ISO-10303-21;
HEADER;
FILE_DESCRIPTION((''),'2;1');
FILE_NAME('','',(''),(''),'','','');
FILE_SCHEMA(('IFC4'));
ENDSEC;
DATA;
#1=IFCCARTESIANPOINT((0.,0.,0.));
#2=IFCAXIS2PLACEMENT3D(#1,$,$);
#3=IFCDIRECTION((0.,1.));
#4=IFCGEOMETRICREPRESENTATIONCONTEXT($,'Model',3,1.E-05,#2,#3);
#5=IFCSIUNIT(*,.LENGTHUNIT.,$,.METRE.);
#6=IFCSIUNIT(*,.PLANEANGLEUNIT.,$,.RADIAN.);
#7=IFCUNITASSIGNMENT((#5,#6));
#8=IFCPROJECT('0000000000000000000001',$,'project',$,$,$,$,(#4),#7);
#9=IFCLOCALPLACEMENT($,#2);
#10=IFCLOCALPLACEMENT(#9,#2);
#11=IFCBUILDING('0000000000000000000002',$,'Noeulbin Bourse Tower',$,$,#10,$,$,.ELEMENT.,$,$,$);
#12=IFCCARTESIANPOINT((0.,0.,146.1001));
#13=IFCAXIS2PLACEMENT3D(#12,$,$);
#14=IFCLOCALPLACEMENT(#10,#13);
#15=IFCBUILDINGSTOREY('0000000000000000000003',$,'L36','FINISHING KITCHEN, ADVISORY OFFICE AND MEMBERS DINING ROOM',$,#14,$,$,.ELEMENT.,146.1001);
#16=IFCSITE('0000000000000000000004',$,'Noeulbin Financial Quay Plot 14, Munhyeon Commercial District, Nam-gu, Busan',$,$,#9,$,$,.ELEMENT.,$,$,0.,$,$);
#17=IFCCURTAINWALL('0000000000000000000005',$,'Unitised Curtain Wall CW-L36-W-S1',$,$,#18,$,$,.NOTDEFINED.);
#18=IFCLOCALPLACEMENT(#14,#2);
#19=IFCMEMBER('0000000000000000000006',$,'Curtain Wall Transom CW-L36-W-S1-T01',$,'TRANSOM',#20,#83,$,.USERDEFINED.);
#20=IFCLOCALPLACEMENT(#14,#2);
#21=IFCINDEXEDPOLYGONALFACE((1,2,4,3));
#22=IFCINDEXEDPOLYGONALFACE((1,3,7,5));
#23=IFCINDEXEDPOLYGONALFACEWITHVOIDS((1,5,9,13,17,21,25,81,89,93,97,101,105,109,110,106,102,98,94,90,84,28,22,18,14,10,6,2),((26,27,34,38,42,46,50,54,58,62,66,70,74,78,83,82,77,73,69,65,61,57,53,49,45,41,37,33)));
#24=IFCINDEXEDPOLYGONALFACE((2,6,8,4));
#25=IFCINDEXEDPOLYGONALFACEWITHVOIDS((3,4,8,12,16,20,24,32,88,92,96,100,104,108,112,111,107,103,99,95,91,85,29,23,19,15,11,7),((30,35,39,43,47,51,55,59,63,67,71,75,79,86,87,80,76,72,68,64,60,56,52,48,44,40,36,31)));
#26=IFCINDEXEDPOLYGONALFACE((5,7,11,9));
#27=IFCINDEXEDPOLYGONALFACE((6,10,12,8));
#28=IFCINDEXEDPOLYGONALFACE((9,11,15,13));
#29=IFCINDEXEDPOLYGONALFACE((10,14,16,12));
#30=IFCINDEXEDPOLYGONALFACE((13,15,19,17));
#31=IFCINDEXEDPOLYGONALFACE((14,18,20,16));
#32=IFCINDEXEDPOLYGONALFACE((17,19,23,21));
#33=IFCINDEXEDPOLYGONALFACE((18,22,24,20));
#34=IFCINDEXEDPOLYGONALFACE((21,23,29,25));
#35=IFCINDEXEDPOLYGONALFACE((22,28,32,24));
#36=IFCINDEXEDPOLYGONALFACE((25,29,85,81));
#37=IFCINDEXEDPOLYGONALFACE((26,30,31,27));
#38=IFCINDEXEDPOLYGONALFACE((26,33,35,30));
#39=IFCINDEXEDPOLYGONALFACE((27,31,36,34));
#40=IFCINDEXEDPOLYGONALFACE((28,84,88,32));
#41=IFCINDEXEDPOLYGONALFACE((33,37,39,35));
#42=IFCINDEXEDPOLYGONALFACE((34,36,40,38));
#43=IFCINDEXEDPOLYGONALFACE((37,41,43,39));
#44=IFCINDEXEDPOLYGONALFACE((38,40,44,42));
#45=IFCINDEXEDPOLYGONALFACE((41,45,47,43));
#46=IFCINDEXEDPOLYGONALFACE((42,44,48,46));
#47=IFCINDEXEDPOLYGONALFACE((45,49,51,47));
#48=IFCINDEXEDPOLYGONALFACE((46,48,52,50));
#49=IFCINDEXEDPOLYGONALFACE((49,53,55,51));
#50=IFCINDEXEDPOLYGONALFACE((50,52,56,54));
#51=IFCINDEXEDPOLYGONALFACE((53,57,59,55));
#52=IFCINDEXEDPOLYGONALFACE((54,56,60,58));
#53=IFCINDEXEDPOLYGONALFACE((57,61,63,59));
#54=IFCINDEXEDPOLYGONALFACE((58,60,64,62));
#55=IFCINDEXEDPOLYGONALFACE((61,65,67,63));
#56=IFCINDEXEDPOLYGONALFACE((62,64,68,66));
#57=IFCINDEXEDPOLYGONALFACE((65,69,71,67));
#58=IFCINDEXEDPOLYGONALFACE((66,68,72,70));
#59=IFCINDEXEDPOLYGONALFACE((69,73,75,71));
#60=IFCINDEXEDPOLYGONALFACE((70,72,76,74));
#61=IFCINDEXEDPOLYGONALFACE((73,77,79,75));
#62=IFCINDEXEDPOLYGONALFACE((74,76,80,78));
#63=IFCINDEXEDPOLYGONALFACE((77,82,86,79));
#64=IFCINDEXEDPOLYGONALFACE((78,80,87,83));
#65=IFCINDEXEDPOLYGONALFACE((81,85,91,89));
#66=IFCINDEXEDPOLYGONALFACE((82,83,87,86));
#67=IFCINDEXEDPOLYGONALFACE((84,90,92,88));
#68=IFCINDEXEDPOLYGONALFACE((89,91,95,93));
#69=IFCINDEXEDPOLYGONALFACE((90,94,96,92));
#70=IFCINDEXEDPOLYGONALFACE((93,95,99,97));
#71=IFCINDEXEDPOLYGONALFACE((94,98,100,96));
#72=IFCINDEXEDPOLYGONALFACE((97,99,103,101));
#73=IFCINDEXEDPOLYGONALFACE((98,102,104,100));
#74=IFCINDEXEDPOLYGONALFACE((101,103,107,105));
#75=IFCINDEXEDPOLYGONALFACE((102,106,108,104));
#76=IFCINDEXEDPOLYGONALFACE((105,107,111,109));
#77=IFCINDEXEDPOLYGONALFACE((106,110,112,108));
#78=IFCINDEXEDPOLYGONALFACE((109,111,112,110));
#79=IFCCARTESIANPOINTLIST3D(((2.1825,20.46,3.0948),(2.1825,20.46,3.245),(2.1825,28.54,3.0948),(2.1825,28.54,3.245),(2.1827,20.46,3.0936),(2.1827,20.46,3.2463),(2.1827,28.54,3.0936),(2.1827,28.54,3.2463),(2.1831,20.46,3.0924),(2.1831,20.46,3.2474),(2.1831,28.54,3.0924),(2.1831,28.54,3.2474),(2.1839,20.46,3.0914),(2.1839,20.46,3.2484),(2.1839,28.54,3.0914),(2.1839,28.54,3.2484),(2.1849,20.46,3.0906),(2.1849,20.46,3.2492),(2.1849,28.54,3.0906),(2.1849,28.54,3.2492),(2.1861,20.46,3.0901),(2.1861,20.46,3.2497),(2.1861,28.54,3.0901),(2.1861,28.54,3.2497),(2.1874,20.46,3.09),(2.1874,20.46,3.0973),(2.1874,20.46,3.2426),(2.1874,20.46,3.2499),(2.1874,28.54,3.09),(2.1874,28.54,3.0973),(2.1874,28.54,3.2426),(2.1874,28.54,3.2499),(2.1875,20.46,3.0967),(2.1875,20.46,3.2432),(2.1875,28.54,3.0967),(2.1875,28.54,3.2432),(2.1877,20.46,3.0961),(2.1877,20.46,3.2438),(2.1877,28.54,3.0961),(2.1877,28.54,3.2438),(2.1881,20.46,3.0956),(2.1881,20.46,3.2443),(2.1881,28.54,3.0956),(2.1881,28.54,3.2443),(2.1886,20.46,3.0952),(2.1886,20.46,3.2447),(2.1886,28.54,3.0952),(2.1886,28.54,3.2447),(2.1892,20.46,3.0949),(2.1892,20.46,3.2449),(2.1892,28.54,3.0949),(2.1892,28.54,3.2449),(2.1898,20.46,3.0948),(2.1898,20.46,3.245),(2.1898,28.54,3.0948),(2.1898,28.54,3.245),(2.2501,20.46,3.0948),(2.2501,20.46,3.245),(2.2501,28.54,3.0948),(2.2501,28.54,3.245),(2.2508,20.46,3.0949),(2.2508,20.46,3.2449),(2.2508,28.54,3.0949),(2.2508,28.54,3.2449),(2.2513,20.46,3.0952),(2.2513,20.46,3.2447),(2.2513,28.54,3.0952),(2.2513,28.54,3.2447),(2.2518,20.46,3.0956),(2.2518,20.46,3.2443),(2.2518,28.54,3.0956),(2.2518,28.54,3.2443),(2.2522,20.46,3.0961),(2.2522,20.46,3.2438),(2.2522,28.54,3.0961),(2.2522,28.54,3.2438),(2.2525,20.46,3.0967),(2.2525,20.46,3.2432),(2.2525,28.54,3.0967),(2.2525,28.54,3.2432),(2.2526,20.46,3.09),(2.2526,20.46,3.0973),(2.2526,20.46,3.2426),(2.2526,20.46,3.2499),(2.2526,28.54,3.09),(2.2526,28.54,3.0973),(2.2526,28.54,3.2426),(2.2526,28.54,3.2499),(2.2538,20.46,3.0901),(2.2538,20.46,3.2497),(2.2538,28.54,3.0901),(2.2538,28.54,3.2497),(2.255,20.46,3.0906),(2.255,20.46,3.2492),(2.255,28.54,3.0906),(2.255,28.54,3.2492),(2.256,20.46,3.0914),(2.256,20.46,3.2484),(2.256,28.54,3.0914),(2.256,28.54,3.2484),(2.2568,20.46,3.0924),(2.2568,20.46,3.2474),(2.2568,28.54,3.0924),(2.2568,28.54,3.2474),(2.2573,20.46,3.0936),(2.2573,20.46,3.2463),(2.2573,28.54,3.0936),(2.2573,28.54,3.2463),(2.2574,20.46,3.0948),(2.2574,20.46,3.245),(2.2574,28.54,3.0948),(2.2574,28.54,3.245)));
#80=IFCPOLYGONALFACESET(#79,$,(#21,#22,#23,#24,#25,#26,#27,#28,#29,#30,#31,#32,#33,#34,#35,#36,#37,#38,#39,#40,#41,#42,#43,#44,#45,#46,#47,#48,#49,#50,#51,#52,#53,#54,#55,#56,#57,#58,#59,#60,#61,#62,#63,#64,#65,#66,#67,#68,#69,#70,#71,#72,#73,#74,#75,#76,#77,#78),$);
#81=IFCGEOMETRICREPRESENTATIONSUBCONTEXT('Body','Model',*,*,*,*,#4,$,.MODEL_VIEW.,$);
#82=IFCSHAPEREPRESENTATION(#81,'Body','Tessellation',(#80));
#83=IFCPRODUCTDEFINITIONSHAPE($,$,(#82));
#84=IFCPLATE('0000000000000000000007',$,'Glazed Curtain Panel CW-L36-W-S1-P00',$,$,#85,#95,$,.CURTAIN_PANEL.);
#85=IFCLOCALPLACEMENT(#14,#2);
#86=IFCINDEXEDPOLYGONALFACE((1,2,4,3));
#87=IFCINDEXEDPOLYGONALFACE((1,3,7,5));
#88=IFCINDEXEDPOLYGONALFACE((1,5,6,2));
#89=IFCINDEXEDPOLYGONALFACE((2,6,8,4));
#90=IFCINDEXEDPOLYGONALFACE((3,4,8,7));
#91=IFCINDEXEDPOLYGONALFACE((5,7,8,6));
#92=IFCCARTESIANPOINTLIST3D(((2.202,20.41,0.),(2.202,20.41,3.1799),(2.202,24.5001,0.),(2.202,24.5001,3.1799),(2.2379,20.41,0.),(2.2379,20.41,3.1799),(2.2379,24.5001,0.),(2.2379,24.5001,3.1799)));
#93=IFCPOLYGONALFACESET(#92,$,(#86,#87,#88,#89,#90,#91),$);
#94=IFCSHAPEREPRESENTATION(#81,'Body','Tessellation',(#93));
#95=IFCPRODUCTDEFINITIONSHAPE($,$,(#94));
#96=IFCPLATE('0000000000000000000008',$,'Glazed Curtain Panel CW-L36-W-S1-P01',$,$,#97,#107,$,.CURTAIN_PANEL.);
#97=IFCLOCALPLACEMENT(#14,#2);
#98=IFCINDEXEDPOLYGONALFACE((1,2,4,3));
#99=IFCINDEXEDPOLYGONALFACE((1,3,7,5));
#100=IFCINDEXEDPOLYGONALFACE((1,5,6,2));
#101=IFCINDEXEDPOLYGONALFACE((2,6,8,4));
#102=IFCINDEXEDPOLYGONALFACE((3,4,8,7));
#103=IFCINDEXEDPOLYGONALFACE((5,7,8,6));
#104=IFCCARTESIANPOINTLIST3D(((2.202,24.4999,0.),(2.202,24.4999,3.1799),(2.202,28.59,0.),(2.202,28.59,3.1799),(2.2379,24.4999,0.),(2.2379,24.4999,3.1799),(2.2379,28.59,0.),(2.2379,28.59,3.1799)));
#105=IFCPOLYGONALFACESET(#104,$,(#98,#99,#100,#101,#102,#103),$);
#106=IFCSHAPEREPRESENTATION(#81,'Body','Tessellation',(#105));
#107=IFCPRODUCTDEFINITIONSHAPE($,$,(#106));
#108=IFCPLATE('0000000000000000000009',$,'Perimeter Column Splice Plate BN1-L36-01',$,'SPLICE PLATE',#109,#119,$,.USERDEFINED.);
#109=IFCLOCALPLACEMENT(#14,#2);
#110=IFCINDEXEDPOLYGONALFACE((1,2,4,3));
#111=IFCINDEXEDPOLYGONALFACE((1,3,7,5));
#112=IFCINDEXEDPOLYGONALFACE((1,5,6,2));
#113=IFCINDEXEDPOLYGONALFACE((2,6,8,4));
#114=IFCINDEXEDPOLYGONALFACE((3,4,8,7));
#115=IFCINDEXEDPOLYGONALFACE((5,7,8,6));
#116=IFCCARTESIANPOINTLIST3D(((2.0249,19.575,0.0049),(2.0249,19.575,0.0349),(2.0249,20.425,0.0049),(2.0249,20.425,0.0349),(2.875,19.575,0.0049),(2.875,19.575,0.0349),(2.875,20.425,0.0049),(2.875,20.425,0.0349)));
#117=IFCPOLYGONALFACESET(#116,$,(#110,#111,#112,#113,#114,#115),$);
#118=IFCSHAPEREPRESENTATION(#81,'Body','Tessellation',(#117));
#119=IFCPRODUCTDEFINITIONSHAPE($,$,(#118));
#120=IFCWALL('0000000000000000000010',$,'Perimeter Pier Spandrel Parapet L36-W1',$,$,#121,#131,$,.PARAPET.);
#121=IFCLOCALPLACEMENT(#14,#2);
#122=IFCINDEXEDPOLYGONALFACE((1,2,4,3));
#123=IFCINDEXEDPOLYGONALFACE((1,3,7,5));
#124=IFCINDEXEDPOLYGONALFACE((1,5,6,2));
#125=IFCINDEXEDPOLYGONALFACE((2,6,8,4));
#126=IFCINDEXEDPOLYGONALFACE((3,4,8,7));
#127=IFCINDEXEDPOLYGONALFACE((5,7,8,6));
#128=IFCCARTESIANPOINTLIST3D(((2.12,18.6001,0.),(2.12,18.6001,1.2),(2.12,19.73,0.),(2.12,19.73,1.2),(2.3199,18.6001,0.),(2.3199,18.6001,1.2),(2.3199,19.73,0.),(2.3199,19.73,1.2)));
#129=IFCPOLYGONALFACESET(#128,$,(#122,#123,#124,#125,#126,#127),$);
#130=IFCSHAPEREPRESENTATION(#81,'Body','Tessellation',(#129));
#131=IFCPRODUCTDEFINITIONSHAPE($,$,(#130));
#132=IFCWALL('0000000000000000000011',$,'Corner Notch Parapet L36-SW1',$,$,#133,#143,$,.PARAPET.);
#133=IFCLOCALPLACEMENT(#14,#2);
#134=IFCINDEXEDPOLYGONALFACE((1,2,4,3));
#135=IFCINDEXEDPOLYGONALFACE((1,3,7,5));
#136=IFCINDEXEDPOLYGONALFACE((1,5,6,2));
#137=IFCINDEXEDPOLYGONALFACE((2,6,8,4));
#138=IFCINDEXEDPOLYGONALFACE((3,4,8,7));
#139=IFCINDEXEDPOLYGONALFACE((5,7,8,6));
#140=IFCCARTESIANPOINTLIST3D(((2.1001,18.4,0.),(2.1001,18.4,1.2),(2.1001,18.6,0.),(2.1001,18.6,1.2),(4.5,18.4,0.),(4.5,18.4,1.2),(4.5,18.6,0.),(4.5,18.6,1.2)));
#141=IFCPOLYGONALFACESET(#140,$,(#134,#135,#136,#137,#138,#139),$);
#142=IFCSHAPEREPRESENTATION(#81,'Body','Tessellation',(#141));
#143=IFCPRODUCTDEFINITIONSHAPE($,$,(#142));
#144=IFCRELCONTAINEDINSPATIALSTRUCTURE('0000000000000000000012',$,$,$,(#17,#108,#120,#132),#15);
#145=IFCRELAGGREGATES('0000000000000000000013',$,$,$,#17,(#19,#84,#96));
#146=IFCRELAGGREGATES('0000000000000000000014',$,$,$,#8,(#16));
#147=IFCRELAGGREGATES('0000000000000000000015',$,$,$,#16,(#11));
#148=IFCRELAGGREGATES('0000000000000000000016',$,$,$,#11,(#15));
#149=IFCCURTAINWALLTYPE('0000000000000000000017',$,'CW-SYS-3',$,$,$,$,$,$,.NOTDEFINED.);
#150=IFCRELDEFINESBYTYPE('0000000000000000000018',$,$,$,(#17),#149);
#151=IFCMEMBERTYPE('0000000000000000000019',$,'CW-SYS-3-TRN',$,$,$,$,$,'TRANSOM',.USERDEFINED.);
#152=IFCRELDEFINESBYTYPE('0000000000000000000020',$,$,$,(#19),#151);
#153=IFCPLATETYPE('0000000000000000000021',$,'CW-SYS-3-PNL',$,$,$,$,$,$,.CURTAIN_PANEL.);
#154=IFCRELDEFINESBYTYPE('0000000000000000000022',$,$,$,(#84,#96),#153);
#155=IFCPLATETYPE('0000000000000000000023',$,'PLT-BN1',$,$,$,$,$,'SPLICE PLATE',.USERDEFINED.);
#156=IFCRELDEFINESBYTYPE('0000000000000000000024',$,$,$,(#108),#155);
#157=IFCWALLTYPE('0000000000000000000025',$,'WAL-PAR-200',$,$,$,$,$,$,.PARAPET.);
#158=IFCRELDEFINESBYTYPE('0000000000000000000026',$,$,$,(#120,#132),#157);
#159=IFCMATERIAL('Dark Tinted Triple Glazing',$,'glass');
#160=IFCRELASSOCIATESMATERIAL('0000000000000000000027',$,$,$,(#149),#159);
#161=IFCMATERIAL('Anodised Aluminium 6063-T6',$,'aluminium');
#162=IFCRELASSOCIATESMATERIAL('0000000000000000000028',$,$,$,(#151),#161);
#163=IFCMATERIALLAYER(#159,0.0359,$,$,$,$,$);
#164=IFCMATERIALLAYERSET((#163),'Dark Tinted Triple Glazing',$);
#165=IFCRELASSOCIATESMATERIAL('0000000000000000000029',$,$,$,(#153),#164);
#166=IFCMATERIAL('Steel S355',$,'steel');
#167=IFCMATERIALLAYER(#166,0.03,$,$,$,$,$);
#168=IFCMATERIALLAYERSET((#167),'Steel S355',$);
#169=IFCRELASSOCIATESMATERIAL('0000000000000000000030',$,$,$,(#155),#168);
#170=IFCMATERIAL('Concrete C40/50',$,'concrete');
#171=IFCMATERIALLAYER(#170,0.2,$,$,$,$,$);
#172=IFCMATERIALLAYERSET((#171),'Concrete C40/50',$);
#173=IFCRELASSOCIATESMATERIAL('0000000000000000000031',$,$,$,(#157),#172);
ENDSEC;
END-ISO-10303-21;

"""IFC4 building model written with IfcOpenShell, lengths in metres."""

from ifc_helpers import new_model, si_unit, direction, frame, frame_2d, origin, origin_2d, place, context, subcontext, project, spatial, rectangle, hollow_rectangle, extrude, material, layer, layer_set, material_profile, profile_set, type_object, element, aggregate, save


model = new_model("IFC4")

# Units and contexts
model_context = context("Model", 3, precision=1e-05, world=origin(), true_north=direction((0.0, 1.0)))
body_context = subcontext(model_context, "Body", "Model", "MODEL_VIEW")
ifc_project = project(units=[si_unit("LENGTHUNIT", "METRE"), si_unit("PLANEANGLEUNIT", "RADIAN")], contexts=[model_context])

# Site, building, storey
site_placement = place(None, origin())
site = spatial("IfcSite", under=ifc_project, at=site_placement, Name="Noeulbin Financial Quay Plot 14, Munhyeon Commercial District, Nam-gu, Busan", CompositionType="ELEMENT", RefElevation=0.0)
building_placement = place(site_placement, origin())
building = spatial("IfcBuilding", under=site, at=building_placement, Name="Noeulbin Bourse Tower", CompositionType="ELEMENT")
storey_placement = place(building_placement, frame((0.0, 0.0, 146.1001)))
storey = spatial("IfcBuildingStorey", under=building, at=storey_placement, Name="L36", Description="FINISHING KITCHEN, ADVISORY OFFICE AND MEMBERS DINING ROOM", CompositionType="ELEMENT", Elevation=146.1001)

# Shared definitions
ifc_material_1 = material(Name="Steel S355", Category="steel")

# Curtain wall, member, plates
ifc_material_2 = material(Name="Dark Tinted Triple Glazing", Category="glass")
curtain_wall_type = type_object("IfcCurtainWallType", Name="CW-SYS-3", PredefinedType="NOTDEFINED", material=ifc_material_2)
curtain_wall_placement = place(storey_placement, origin())
curtain_wall = element("IfcCurtainWall", 1, at=curtain_wall_placement, inside=storey, type_object=curtain_wall_type, Name="Unitised Curtain Wall CW-L36-W-S1", PredefinedType="NOTDEFINED")
ifc_material_3 = material(Name="Anodised Aluminium 6063-T6", Category="aluminium")
ifc_material_profile_1 = material_profile(ifc_material_3, hollow_rectangle(XDim=0.075, YDim=0.1599, WallThickness=0.0049, InnerFilletRadius=0.0024, OuterFilletRadius=0.0049, at=origin_2d()), Name="ALU-TRAN-75x160x5", Category="LoadBearing")
ifc_profile_set_1 = profile_set([ifc_material_profile_1], Name="Anodised Aluminium 6063-T6")
member_type_1 = type_object("IfcMemberType", Name="CW-SYS-3-TRN", ElementType="TRANSOM", PredefinedType="USERDEFINED", material=ifc_profile_set_1)
member_1_placement = place(storey_placement, frame((2.22, 20.46, 3.1699), z_axis=(0.0, 1.0, 0.0), x_axis=(-1.0, 0.0, 0.0)))
member_1 = element("IfcMember", 2, at=member_1_placement, type_object=member_type_1, Name="Curtain Wall Transom CW-L36-W-S1-T01", ObjectType="TRANSOM", PredefinedType="USERDEFINED", context=body_context, shape_type="SweptSolid", body=[
    extrude(hollow_rectangle(XDim=0.075, YDim=0.1599, WallThickness=0.0049, InnerFilletRadius=0.0024, OuterFilletRadius=0.0049, at=origin_2d()), origin(), (0.0, 0.0, 1.0), 8.0801),
])
ifc_layer_1 = layer(ifc_material_2, 0.0359)
ifc_layer_set_1 = layer_set([ifc_layer_1], Name="Dark Tinted Triple Glazing")
plate_type_1 = type_object("IfcPlateType", Name="CW-SYS-3-PNL", PredefinedType="CURTAIN_PANEL", material=ifc_layer_set_1)
plate_1_placement = place(storey_placement, frame((2.22, 22.4551, 0.0), z_axis=(0.0, 0.0, 1.0), x_axis=(0.0, 1.0, 0.0)))
plate_1 = element("IfcPlate", 3, at=plate_1_placement, type_object=plate_type_1, Name="Glazed Curtain Panel CW-L36-W-S1-P00", PredefinedType="CURTAIN_PANEL", context=body_context, shape_type="SweptSolid", body=[
    extrude(rectangle(XDim=4.0901, YDim=0.0359, at=origin_2d()), origin(), (0.0, 0.0, 1.0), 3.1799),
])
plate_2_placement = place(storey_placement, frame((2.22, 26.5449, 0.0), z_axis=(0.0, 0.0, 1.0), x_axis=(0.0, 1.0, 0.0)))
plate_2 = element("IfcPlate", 4, at=plate_2_placement, type_object=plate_type_1, Name="Glazed Curtain Panel CW-L36-W-S1-P01", PredefinedType="CURTAIN_PANEL", context=body_context, shape_type="SweptSolid", body=[
    extrude(rectangle(XDim=4.0901, YDim=0.0359, at=origin_2d()), origin(), (0.0, 0.0, 1.0), 3.1799),
])
aggregate(curtain_wall, [member_1, plate_1, plate_2])

# Plate
ifc_layer_2 = layer(ifc_material_1, 0.03)
ifc_layer_set_2 = layer_set([ifc_layer_2], Name="Steel S355")
plate_type_2 = type_object("IfcPlateType", Name="PLT-BN1", ElementType="SPLICE PLATE", PredefinedType="USERDEFINED", material=ifc_layer_set_2)
plate_3_placement = place(storey_placement, frame((2.45, 20.0, 0.0049), z_axis=(0.0, 0.0, 1.0), x_axis=(1.0, 0.0, 0.0)))
element("IfcPlate", 5, at=plate_3_placement, inside=storey, type_object=plate_type_2, Name="Perimeter Column Splice Plate BN1-L36-01", ObjectType="SPLICE PLATE", PredefinedType="USERDEFINED", context=body_context, shape_type="SweptSolid", body=[
    extrude(rectangle(XDim=0.8501, YDim=0.8501, at=origin_2d()), origin(), (0.0, 0.0, 1.0), 0.03),
])

# Walls
ifc_material_4 = material(Name="Concrete C40/50", Category="concrete")
ifc_layer_3 = layer(ifc_material_4, 0.2)
ifc_layer_set_3 = layer_set([ifc_layer_3], Name="Concrete C40/50")
wall_type_1 = type_object("IfcWallType", Name="WAL-PAR-200", PredefinedType="PARAPET", material=ifc_layer_set_3)
wall_1_placement = place(storey_placement, frame((2.22, 18.6001, 0.0), z_axis=(0.0, 0.0, 1.0), x_axis=(0.0, 1.0, 0.0)))
element("IfcWall", 6, at=wall_1_placement, inside=storey, type_object=wall_type_1, Name="Perimeter Pier Spandrel Parapet L36-W1", PredefinedType="PARAPET", context=body_context, shape_type="SweptSolid", body=[
    extrude(rectangle(XDim=1.1299, YDim=0.2, at=frame_2d((0.5649, 0.0))), origin(), (0.0, 0.0, 1.0), 1.2),
])
wall_2_placement = place(storey_placement, frame((2.1001, 18.5, 0.0), z_axis=(0.0, 0.0, 1.0), x_axis=(1.0, 0.0, 0.0)))
element("IfcWall", 7, at=wall_2_placement, inside=storey, type_object=wall_type_1, Name="Corner Notch Parapet L36-SW1", PredefinedType="PARAPET", context=body_context, shape_type="SweptSolid", body=[
    extrude(rectangle(XDim=2.3999, YDim=0.2, at=frame_2d((1.2, 0.0))), origin(), (0.0, 0.0, 1.0), 1.2),
])

save(model, "model.ifc")
